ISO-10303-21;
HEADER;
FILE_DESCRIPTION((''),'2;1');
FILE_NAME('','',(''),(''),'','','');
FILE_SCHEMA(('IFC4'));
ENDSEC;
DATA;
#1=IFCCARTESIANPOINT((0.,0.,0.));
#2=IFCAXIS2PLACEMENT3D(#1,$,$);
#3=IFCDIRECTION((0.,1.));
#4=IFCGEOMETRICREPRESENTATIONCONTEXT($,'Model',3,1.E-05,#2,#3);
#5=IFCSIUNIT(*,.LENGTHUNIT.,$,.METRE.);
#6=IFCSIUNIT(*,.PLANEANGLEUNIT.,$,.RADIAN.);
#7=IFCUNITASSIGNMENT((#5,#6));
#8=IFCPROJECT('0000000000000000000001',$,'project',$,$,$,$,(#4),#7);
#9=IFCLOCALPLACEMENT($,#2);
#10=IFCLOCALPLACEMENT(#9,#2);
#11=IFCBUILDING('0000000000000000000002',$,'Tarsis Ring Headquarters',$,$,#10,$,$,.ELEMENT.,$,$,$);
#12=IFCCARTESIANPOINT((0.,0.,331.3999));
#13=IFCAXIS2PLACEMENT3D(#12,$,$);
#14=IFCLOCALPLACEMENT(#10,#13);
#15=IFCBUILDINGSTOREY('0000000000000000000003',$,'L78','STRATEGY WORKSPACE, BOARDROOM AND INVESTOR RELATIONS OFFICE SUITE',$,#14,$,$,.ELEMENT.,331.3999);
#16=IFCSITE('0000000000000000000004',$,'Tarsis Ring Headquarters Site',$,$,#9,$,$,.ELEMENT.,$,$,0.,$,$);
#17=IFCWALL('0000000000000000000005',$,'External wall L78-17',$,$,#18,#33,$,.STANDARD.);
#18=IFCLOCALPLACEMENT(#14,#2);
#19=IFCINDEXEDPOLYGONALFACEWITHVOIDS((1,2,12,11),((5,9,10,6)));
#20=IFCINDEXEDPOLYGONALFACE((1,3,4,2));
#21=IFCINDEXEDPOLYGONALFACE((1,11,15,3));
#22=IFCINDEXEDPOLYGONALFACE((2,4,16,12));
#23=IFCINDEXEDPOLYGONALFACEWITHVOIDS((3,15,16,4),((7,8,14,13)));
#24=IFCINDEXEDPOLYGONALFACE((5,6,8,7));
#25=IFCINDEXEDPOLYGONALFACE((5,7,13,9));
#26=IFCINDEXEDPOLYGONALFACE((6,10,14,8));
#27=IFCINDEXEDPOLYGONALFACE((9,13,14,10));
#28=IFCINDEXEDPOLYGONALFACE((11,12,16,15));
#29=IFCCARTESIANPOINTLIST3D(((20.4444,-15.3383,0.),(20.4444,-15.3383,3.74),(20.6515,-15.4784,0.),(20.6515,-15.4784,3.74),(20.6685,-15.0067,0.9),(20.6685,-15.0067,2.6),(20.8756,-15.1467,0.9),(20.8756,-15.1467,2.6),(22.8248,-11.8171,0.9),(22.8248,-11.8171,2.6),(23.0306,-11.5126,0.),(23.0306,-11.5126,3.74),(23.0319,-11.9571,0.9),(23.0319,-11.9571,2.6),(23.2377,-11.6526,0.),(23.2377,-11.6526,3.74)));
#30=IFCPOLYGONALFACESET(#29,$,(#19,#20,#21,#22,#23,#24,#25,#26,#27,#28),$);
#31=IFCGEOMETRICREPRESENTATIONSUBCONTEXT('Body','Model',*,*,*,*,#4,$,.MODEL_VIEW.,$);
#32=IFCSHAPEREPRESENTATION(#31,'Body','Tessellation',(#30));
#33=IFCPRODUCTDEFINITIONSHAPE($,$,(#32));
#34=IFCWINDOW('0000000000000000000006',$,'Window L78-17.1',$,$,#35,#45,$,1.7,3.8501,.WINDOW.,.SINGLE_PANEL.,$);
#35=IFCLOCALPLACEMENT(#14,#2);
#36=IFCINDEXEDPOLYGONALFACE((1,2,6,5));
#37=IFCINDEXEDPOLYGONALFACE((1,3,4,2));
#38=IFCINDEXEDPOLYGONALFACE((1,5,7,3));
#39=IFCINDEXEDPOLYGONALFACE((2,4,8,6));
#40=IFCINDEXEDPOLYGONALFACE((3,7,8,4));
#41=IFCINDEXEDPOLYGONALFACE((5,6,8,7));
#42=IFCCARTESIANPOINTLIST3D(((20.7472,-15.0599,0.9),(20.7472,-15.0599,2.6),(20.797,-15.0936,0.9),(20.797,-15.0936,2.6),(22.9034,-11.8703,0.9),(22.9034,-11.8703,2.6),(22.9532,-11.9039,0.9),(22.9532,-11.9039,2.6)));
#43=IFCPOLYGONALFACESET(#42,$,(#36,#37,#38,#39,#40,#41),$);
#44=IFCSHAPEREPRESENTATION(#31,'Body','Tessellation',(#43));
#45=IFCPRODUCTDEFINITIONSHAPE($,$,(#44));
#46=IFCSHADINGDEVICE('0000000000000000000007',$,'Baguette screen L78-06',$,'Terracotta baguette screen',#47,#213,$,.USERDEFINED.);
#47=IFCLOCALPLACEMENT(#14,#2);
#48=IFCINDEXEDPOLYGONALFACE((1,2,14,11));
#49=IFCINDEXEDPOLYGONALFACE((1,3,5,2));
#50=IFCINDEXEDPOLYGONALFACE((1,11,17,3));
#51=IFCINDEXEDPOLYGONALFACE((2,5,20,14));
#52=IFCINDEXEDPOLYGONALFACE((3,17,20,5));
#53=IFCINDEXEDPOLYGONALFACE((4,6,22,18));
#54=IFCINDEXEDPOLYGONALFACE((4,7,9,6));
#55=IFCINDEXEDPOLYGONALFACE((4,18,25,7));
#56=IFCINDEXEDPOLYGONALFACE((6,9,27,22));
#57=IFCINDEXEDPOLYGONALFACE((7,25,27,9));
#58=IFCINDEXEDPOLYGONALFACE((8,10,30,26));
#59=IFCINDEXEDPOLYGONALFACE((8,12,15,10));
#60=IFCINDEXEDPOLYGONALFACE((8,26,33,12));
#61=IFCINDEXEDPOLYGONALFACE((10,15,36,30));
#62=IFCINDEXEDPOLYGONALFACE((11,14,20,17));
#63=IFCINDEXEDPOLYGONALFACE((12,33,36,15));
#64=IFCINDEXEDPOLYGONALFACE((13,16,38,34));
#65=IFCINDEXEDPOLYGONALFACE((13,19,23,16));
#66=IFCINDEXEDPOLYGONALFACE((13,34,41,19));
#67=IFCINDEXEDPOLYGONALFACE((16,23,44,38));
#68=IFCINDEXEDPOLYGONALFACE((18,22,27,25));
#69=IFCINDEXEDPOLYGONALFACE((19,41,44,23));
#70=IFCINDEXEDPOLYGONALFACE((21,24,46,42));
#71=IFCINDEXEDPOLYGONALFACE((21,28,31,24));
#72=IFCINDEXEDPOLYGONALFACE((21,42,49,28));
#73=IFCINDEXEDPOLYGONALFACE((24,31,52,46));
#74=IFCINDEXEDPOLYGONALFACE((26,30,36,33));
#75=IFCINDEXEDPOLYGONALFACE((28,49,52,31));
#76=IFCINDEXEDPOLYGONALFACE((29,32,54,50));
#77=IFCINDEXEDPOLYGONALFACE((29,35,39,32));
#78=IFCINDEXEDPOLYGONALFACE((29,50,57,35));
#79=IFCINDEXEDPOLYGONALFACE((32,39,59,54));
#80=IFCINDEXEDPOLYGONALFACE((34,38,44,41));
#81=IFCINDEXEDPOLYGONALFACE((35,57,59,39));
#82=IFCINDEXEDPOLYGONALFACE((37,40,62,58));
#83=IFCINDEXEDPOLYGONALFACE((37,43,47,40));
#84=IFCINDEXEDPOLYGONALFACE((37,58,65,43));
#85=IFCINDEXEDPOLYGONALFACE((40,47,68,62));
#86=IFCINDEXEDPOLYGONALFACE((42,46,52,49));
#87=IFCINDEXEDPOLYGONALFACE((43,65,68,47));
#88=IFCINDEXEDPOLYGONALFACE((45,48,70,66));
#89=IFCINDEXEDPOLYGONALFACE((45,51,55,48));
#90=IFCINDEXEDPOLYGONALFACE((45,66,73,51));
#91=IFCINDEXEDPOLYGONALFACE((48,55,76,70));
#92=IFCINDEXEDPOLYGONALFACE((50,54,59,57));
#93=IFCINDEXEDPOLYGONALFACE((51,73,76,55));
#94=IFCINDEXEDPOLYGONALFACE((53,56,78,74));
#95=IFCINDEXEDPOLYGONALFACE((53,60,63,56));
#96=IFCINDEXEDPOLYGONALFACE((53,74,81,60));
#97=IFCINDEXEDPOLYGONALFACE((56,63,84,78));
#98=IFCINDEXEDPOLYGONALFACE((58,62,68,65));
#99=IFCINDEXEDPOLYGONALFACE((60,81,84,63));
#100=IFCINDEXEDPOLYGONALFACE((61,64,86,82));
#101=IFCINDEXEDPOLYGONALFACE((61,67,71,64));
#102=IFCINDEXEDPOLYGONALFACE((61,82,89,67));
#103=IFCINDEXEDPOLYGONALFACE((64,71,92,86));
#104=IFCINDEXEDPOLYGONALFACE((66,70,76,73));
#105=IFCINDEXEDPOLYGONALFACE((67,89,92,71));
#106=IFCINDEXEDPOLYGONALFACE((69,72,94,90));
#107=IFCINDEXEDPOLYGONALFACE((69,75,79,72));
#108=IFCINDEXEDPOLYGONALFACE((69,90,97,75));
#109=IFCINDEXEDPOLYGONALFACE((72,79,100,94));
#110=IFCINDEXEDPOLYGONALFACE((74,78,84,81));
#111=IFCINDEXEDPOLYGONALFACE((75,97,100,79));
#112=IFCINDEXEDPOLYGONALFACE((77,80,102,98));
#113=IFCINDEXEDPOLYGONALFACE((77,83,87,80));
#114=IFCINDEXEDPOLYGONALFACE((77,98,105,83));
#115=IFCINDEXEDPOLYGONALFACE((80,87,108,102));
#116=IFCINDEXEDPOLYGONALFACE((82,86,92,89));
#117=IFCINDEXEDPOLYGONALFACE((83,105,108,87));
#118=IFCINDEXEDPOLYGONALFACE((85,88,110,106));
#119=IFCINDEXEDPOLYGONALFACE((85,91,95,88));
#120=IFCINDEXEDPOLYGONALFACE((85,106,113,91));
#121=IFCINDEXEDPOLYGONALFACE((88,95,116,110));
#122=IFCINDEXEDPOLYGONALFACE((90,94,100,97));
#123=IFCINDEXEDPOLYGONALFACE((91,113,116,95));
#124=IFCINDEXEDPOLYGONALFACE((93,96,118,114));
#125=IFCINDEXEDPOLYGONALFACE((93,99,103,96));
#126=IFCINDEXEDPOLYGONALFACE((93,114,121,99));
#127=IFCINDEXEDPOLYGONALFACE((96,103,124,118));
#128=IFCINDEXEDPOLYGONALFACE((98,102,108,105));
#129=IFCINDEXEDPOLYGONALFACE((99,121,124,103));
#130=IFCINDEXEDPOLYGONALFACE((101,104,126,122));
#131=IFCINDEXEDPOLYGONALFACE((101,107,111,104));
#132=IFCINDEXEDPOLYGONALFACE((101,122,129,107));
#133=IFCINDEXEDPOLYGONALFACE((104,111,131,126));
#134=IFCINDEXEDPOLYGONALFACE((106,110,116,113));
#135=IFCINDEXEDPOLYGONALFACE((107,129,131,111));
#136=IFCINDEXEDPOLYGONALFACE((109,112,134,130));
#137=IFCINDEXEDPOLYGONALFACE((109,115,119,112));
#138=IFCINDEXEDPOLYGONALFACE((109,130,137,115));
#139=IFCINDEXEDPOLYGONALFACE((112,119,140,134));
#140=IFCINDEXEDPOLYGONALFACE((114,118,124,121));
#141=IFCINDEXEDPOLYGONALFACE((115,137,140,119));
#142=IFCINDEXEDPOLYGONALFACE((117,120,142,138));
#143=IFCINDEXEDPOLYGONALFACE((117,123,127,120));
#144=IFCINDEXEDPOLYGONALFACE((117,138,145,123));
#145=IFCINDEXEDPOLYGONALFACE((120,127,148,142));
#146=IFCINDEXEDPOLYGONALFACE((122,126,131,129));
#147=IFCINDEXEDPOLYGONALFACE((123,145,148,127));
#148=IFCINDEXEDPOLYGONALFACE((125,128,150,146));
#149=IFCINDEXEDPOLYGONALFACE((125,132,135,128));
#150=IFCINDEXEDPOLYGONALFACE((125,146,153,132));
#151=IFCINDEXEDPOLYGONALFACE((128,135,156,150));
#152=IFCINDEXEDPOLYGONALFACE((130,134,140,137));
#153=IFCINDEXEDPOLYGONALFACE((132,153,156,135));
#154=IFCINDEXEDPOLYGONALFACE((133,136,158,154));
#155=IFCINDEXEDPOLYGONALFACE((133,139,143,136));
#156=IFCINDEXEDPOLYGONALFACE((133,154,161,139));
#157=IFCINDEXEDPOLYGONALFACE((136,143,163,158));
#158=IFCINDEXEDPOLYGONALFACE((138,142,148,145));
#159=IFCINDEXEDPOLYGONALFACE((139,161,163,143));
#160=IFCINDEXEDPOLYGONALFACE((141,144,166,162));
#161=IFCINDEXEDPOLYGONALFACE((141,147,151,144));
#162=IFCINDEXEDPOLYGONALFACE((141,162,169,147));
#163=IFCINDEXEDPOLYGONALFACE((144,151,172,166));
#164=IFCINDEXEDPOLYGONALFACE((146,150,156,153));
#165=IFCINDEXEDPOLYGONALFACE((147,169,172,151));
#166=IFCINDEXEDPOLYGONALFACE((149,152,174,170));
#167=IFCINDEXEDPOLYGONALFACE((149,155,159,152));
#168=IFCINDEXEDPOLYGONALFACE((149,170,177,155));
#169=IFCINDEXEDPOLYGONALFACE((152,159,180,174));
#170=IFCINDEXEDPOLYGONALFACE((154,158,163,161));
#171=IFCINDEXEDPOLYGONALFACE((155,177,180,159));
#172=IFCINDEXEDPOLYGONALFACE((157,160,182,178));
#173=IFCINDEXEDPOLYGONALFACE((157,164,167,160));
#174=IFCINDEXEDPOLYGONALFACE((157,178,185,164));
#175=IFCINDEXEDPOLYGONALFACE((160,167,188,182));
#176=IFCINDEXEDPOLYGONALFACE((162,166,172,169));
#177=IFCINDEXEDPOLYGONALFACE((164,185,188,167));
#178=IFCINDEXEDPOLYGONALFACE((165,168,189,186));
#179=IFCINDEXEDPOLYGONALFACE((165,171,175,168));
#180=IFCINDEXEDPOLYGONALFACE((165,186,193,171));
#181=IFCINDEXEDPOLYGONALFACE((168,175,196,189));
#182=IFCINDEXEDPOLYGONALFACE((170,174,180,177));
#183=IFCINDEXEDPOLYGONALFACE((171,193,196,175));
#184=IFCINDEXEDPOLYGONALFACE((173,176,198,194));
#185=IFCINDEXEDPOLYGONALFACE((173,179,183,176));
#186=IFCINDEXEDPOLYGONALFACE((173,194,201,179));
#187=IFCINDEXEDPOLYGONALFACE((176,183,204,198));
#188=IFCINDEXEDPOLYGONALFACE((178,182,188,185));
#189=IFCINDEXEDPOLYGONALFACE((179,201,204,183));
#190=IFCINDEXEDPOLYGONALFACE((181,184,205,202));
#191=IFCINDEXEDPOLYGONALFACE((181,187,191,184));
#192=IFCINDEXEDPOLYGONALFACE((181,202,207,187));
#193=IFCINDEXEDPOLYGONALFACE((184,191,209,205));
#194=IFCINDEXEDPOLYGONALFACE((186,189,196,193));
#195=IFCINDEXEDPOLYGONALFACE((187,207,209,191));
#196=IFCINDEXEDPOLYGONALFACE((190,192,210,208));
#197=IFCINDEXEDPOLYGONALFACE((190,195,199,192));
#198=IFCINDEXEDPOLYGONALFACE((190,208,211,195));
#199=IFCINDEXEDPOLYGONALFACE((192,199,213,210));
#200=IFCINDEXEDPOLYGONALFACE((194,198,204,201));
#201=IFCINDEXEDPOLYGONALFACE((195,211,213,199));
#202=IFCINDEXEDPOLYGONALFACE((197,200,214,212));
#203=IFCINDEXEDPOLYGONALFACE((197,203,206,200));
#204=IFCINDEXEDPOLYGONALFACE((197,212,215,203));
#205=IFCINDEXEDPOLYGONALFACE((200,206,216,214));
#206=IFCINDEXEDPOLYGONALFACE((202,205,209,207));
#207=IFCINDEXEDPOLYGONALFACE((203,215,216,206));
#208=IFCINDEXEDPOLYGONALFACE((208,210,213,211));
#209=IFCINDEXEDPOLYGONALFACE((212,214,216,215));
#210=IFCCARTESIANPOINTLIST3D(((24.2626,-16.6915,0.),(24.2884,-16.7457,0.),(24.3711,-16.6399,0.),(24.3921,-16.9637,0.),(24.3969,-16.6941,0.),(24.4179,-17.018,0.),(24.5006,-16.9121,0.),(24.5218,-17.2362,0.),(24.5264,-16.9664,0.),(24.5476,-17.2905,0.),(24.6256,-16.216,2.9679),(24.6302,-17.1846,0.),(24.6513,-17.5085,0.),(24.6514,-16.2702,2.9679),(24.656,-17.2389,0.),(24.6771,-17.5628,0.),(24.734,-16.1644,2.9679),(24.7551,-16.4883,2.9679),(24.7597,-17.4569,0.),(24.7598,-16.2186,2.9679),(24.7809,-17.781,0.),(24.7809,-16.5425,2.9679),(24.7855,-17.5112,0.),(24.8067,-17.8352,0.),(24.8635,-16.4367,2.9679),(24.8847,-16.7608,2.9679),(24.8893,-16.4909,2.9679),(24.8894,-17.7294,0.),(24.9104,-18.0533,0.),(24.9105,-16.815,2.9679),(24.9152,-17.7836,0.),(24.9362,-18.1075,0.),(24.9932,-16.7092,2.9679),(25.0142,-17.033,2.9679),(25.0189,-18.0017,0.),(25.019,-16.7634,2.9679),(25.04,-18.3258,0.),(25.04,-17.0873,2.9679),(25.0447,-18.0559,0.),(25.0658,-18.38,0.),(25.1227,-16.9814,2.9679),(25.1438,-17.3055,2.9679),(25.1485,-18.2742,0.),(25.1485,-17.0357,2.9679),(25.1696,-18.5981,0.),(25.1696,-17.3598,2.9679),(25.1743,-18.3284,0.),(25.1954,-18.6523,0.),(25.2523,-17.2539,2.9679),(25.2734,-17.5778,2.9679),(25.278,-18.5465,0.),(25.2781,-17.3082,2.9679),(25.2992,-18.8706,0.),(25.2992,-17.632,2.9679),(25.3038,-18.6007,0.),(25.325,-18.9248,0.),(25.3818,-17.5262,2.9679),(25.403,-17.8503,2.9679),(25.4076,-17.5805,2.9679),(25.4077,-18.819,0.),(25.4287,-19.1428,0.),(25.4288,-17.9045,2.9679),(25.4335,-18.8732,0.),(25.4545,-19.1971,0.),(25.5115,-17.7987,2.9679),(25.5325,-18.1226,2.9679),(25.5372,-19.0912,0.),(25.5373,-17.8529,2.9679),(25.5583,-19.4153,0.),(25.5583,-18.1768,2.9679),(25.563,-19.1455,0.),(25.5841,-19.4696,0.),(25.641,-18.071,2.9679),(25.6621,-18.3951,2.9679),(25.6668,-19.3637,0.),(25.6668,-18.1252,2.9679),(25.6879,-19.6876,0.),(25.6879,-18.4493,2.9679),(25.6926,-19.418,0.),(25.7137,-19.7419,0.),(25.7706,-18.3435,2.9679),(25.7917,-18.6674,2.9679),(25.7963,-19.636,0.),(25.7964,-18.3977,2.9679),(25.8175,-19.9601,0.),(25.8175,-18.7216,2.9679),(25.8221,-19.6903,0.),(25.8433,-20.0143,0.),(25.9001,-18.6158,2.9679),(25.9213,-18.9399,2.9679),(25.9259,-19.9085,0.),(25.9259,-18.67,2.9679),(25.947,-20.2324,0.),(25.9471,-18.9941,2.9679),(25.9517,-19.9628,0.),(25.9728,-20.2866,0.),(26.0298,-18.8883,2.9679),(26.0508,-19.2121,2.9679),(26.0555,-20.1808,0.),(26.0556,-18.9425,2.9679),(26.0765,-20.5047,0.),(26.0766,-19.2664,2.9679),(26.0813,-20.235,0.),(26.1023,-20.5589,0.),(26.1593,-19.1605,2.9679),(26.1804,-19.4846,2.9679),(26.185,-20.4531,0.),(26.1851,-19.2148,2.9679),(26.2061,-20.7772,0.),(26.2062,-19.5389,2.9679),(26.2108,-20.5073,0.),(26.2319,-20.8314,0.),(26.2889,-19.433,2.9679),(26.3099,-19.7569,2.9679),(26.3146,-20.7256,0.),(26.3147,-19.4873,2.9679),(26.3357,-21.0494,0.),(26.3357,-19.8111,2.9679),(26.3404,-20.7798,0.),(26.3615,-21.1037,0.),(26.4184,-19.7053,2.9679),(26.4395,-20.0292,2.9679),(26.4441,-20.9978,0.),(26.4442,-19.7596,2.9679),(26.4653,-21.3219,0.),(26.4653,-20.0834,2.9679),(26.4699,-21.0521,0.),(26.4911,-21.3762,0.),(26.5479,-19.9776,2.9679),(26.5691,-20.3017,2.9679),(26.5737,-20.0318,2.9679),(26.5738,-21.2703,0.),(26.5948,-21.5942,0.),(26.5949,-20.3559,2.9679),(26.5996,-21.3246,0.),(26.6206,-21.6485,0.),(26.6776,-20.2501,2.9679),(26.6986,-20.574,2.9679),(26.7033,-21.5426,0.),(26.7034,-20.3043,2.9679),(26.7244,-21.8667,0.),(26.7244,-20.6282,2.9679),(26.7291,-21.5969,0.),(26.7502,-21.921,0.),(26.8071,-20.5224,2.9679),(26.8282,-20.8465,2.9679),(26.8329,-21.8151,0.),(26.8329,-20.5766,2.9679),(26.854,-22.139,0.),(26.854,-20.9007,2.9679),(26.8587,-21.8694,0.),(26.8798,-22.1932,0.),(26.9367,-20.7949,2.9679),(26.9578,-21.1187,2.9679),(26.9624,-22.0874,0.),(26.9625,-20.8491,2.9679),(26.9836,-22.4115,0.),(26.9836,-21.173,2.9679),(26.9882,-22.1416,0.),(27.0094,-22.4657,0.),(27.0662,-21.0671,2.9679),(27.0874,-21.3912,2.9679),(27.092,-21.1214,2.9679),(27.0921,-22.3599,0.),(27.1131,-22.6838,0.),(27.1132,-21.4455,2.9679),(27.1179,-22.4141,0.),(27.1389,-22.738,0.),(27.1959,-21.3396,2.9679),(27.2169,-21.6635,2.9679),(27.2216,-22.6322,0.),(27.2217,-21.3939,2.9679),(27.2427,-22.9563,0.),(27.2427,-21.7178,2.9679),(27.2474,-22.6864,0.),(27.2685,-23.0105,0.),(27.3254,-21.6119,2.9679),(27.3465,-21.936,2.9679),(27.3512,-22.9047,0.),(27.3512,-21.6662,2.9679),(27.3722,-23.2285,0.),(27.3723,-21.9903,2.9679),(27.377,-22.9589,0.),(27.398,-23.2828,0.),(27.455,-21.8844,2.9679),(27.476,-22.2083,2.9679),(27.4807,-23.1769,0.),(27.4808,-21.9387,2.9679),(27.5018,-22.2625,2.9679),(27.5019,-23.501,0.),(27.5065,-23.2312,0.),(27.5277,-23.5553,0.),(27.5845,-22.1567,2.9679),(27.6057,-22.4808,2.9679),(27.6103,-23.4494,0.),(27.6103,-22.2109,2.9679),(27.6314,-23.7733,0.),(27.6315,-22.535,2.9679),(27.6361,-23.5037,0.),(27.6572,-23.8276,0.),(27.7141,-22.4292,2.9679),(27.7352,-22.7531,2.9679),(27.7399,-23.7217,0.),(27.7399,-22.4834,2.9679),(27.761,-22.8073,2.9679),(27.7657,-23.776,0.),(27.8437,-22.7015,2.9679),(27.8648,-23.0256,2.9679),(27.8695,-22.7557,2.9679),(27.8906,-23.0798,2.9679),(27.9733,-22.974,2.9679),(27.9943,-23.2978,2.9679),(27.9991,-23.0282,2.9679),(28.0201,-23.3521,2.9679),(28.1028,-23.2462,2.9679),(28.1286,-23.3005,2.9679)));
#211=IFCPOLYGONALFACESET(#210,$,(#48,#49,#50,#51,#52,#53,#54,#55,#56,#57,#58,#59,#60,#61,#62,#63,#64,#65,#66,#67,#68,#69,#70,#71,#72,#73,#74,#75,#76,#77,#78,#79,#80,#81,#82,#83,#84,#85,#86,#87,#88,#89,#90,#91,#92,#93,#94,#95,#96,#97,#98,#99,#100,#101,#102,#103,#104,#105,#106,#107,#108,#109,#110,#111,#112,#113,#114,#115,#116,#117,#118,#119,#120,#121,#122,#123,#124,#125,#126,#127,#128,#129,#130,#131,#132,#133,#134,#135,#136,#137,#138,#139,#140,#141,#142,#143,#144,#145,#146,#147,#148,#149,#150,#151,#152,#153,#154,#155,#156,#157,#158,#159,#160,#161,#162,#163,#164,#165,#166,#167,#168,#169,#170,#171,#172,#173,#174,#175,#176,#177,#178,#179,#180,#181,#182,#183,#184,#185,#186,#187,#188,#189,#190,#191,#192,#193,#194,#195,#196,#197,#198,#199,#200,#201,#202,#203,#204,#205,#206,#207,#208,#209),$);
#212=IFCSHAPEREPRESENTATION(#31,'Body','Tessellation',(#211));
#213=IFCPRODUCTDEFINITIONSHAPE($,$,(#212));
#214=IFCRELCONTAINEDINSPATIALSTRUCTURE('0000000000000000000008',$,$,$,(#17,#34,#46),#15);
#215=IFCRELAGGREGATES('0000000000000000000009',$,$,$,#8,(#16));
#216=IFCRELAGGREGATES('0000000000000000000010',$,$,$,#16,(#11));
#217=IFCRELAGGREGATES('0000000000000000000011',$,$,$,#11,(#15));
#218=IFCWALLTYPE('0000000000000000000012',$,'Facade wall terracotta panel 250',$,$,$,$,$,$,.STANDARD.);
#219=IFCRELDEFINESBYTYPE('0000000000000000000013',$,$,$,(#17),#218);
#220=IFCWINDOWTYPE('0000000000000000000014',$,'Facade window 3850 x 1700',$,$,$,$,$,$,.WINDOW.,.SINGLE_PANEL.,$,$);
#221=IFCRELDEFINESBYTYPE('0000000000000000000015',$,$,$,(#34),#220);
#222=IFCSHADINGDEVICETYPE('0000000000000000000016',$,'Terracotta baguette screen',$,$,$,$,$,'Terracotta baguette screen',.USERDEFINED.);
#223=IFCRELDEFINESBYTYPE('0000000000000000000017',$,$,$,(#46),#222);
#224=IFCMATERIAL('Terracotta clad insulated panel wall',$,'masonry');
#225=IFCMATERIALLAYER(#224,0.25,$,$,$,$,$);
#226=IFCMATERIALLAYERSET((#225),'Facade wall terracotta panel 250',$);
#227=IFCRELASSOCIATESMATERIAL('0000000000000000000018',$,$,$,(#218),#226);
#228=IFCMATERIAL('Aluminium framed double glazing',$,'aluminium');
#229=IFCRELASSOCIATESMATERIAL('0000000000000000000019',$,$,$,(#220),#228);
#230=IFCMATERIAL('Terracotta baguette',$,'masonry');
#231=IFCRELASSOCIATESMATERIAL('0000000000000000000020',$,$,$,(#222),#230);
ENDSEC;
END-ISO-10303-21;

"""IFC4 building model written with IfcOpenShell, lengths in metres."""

from ifc_helpers import new_model, si_unit, direction, frame, frame_2d, origin, place, context, subcontext, project, spatial, rectangle, composite_profile, extrude, material, layer, layer_set, type_object, element, fill, save


model = new_model("IFC4")

# Units and contexts
model_context = context("Model", 3, precision=1e-05, world=origin(), true_north=direction((0.0, 1.0)))
body_context = subcontext(model_context, "Body", "Model", "MODEL_VIEW")
ifc_project = project(units=[si_unit("LENGTHUNIT", "METRE"), si_unit("PLANEANGLEUNIT", "RADIAN")], contexts=[model_context])

# Site, building, storey
site_placement = place(None, origin())
site = spatial("IfcSite", under=ifc_project, at=site_placement, Name="Tarsis Ring Headquarters Site", CompositionType="ELEMENT", RefElevation=0.0)
building_placement = place(site_placement, origin())
building = spatial("IfcBuilding", under=site, at=building_placement, Name="Tarsis Ring Headquarters", CompositionType="ELEMENT")
storey_placement = place(building_placement, frame((0.0, 0.0, 331.3999)))
storey = spatial("IfcBuildingStorey", under=building, at=storey_placement, Name="L78", Description="STRATEGY WORKSPACE, BOARDROOM AND INVESTOR RELATIONS OFFICE SUITE", CompositionType="ELEMENT", Elevation=331.3999)

# Shared definitions
ifc_material_1 = material(Name="Terracotta clad insulated panel wall", Category="masonry")
ifc_layer_1 = layer(ifc_material_1, 0.25)
ifc_layer_set_1 = layer_set([ifc_layer_1], Name="Facade wall terracotta panel 250")
wall_type_1 = type_object("IfcWallType", Name="Facade wall terracotta panel 250", PredefinedType="STANDARD", material=ifc_layer_set_1)

# Shared definitions
ifc_material_2 = material(Name="Aluminium framed double glazing", Category="aluminium")

# Wall, opening, window
wall_1_placement = place(storey_placement, frame((20.5479, -15.4084, 0.0), z_axis=(0.0, 0.0, 1.0), x_axis=(0.560045, 0.828462, 0.0)))
wall_1 = element("IfcWall", 1, at=wall_1_placement, inside=storey, type_object=wall_type_1, Name="External wall L78-17", PredefinedType="STANDARD", context=body_context, shape_type="SweptSolid", body=[
    extrude(rectangle(XDim=4.6179, YDim=0.25, at=frame_2d((2.3091, 0.0))), origin(), (0.0, 0.0, 1.0), 3.74),
])
opening_1_placement = place(wall_1_placement, frame((0.4004, 0.0, 0.8999)))
opening_1 = element("IfcOpeningElement", 2, at=opening_1_placement, cuts=wall_1, PredefinedType="OPENING", context=body_context, shape_type="SweptSolid", body=[
    extrude(rectangle(XDim=3.8501, YDim=1.7, at=frame_2d((1.925, 0.8501))), frame((0.0, 0.135, 0.0), z_axis=(0.0, -1.0, 0.0), x_axis=(1.0, 0.0, 0.0)), (0.0, 0.0, 1.0), 0.27),
])
window_type = type_object("IfcWindowType", Name="Facade window 3850 x 1700", PartitioningType="SINGLE_PANEL", PredefinedType="WINDOW", material=ifc_material_2)
window_placement = place(opening_1_placement, origin())
window = element("IfcWindow", 3, at=window_placement, inside=storey, type_object=window_type, Name="Window L78-17.1", OverallHeight=1.7, OverallWidth=3.8501, PartitioningType="SINGLE_PANEL", PredefinedType="WINDOW", context=body_context, shape_type="SweptSolid", body=[
    extrude(rectangle(XDim=3.8501, YDim=1.7, at=frame_2d((1.925, 0.8501))), frame((0.0, 0.03, 0.0), z_axis=(0.0, -1.0, 0.0), x_axis=(1.0, 0.0, 0.0)), (0.0, 0.0, 1.0), 0.0601),
])
fill(opening_1, window)

# Shading device
ifc_material_3 = material(Name="Terracotta baguette", Category="masonry")
shading_device_type_1 = type_object("IfcShadingDeviceType", Name="Terracotta baguette screen", ElementType="Terracotta baguette screen", PredefinedType="USERDEFINED", material=ifc_material_3)
shading_device_1_placement = place(storey_placement, frame((27.7114, -23.8018, 0.0), z_axis=(0.0, 0.0, 1.0), x_axis=(-0.42956, 0.903022, 0.0)))
element("IfcShadingDevice", 4, at=shading_device_1_placement, inside=storey, type_object=shading_device_type_1, Name="Baguette screen L78-06", ObjectType="Terracotta baguette screen", PredefinedType="USERDEFINED", context=body_context, shape_type="SweptSolid", body=[
    extrude(composite_profile([rectangle(XDim=0.0601, YDim=0.1201, at=frame_2d((0.03, 0.0))), rectangle(XDim=0.0601, YDim=0.1201, at=frame_2d((0.3315, 0.0))), rectangle(XDim=0.0601, YDim=0.1201, at=frame_2d((0.6333, 0.0))), rectangle(XDim=0.0601, YDim=0.1201, at=frame_2d((0.9348, 0.0))), rectangle(XDim=0.0601, YDim=0.1201, at=frame_2d((1.2366, 0.0))), rectangle(XDim=0.0601, YDim=0.1201, at=frame_2d((1.5381, 0.0))), rectangle(XDim=0.0601, YDim=0.1201, at=frame_2d((1.8398, 0.0))), rectangle(XDim=0.0601, YDim=0.1201, at=frame_2d((2.1414, 0.0))), rectangle(XDim=0.0601, YDim=0.1201, at=frame_2d((2.4431, 0.0))), rectangle(XDim=0.0601, YDim=0.1201, at=frame_2d((2.7446, 0.0))), rectangle(XDim=0.0601, YDim=0.1201, at=frame_2d((3.0464, 0.0))), rectangle(XDim=0.0601, YDim=0.1201, at=frame_2d((3.3479, 0.0))), rectangle(XDim=0.0601, YDim=0.1201, at=frame_2d((3.6497, 0.0))), rectangle(XDim=0.0601, YDim=0.1201, at=frame_2d((3.9512, 0.0))), rectangle(XDim=0.0601, YDim=0.1201, at=frame_2d((4.2527, 0.0))), rectangle(XDim=0.0601, YDim=0.1201, at=frame_2d((4.5544, 0.0))), rectangle(XDim=0.0601, YDim=0.1201, at=frame_2d((4.856, 0.0))), rectangle(XDim=0.0601, YDim=0.1201, at=frame_2d((5.1577, 0.0))), rectangle(XDim=0.0601, YDim=0.1201, at=frame_2d((5.4592, 0.0))), rectangle(XDim=0.0601, YDim=0.1201, at=frame_2d((5.761, 0.0))), rectangle(XDim=0.0601, YDim=0.1201, at=frame_2d((6.0625, 0.0))), rectangle(XDim=0.0601, YDim=0.1201, at=frame_2d((6.3643, 0.0))), rectangle(XDim=0.0601, YDim=0.1201, at=frame_2d((6.6658, 0.0))), rectangle(XDim=0.0601, YDim=0.1201, at=frame_2d((6.9675, 0.0))), rectangle(XDim=0.0601, YDim=0.1201, at=frame_2d((7.269, 0.0))), rectangle(XDim=0.0601, YDim=0.1201, at=frame_2d((7.5708, 0.0))), rectangle(XDim=0.0601, YDim=0.1201, at=frame_2d((7.8723, 0.0)))]), origin(), (0.090323, -0.175719, 0.980288), 3.0276),
])

save(model, "model.ifc")
